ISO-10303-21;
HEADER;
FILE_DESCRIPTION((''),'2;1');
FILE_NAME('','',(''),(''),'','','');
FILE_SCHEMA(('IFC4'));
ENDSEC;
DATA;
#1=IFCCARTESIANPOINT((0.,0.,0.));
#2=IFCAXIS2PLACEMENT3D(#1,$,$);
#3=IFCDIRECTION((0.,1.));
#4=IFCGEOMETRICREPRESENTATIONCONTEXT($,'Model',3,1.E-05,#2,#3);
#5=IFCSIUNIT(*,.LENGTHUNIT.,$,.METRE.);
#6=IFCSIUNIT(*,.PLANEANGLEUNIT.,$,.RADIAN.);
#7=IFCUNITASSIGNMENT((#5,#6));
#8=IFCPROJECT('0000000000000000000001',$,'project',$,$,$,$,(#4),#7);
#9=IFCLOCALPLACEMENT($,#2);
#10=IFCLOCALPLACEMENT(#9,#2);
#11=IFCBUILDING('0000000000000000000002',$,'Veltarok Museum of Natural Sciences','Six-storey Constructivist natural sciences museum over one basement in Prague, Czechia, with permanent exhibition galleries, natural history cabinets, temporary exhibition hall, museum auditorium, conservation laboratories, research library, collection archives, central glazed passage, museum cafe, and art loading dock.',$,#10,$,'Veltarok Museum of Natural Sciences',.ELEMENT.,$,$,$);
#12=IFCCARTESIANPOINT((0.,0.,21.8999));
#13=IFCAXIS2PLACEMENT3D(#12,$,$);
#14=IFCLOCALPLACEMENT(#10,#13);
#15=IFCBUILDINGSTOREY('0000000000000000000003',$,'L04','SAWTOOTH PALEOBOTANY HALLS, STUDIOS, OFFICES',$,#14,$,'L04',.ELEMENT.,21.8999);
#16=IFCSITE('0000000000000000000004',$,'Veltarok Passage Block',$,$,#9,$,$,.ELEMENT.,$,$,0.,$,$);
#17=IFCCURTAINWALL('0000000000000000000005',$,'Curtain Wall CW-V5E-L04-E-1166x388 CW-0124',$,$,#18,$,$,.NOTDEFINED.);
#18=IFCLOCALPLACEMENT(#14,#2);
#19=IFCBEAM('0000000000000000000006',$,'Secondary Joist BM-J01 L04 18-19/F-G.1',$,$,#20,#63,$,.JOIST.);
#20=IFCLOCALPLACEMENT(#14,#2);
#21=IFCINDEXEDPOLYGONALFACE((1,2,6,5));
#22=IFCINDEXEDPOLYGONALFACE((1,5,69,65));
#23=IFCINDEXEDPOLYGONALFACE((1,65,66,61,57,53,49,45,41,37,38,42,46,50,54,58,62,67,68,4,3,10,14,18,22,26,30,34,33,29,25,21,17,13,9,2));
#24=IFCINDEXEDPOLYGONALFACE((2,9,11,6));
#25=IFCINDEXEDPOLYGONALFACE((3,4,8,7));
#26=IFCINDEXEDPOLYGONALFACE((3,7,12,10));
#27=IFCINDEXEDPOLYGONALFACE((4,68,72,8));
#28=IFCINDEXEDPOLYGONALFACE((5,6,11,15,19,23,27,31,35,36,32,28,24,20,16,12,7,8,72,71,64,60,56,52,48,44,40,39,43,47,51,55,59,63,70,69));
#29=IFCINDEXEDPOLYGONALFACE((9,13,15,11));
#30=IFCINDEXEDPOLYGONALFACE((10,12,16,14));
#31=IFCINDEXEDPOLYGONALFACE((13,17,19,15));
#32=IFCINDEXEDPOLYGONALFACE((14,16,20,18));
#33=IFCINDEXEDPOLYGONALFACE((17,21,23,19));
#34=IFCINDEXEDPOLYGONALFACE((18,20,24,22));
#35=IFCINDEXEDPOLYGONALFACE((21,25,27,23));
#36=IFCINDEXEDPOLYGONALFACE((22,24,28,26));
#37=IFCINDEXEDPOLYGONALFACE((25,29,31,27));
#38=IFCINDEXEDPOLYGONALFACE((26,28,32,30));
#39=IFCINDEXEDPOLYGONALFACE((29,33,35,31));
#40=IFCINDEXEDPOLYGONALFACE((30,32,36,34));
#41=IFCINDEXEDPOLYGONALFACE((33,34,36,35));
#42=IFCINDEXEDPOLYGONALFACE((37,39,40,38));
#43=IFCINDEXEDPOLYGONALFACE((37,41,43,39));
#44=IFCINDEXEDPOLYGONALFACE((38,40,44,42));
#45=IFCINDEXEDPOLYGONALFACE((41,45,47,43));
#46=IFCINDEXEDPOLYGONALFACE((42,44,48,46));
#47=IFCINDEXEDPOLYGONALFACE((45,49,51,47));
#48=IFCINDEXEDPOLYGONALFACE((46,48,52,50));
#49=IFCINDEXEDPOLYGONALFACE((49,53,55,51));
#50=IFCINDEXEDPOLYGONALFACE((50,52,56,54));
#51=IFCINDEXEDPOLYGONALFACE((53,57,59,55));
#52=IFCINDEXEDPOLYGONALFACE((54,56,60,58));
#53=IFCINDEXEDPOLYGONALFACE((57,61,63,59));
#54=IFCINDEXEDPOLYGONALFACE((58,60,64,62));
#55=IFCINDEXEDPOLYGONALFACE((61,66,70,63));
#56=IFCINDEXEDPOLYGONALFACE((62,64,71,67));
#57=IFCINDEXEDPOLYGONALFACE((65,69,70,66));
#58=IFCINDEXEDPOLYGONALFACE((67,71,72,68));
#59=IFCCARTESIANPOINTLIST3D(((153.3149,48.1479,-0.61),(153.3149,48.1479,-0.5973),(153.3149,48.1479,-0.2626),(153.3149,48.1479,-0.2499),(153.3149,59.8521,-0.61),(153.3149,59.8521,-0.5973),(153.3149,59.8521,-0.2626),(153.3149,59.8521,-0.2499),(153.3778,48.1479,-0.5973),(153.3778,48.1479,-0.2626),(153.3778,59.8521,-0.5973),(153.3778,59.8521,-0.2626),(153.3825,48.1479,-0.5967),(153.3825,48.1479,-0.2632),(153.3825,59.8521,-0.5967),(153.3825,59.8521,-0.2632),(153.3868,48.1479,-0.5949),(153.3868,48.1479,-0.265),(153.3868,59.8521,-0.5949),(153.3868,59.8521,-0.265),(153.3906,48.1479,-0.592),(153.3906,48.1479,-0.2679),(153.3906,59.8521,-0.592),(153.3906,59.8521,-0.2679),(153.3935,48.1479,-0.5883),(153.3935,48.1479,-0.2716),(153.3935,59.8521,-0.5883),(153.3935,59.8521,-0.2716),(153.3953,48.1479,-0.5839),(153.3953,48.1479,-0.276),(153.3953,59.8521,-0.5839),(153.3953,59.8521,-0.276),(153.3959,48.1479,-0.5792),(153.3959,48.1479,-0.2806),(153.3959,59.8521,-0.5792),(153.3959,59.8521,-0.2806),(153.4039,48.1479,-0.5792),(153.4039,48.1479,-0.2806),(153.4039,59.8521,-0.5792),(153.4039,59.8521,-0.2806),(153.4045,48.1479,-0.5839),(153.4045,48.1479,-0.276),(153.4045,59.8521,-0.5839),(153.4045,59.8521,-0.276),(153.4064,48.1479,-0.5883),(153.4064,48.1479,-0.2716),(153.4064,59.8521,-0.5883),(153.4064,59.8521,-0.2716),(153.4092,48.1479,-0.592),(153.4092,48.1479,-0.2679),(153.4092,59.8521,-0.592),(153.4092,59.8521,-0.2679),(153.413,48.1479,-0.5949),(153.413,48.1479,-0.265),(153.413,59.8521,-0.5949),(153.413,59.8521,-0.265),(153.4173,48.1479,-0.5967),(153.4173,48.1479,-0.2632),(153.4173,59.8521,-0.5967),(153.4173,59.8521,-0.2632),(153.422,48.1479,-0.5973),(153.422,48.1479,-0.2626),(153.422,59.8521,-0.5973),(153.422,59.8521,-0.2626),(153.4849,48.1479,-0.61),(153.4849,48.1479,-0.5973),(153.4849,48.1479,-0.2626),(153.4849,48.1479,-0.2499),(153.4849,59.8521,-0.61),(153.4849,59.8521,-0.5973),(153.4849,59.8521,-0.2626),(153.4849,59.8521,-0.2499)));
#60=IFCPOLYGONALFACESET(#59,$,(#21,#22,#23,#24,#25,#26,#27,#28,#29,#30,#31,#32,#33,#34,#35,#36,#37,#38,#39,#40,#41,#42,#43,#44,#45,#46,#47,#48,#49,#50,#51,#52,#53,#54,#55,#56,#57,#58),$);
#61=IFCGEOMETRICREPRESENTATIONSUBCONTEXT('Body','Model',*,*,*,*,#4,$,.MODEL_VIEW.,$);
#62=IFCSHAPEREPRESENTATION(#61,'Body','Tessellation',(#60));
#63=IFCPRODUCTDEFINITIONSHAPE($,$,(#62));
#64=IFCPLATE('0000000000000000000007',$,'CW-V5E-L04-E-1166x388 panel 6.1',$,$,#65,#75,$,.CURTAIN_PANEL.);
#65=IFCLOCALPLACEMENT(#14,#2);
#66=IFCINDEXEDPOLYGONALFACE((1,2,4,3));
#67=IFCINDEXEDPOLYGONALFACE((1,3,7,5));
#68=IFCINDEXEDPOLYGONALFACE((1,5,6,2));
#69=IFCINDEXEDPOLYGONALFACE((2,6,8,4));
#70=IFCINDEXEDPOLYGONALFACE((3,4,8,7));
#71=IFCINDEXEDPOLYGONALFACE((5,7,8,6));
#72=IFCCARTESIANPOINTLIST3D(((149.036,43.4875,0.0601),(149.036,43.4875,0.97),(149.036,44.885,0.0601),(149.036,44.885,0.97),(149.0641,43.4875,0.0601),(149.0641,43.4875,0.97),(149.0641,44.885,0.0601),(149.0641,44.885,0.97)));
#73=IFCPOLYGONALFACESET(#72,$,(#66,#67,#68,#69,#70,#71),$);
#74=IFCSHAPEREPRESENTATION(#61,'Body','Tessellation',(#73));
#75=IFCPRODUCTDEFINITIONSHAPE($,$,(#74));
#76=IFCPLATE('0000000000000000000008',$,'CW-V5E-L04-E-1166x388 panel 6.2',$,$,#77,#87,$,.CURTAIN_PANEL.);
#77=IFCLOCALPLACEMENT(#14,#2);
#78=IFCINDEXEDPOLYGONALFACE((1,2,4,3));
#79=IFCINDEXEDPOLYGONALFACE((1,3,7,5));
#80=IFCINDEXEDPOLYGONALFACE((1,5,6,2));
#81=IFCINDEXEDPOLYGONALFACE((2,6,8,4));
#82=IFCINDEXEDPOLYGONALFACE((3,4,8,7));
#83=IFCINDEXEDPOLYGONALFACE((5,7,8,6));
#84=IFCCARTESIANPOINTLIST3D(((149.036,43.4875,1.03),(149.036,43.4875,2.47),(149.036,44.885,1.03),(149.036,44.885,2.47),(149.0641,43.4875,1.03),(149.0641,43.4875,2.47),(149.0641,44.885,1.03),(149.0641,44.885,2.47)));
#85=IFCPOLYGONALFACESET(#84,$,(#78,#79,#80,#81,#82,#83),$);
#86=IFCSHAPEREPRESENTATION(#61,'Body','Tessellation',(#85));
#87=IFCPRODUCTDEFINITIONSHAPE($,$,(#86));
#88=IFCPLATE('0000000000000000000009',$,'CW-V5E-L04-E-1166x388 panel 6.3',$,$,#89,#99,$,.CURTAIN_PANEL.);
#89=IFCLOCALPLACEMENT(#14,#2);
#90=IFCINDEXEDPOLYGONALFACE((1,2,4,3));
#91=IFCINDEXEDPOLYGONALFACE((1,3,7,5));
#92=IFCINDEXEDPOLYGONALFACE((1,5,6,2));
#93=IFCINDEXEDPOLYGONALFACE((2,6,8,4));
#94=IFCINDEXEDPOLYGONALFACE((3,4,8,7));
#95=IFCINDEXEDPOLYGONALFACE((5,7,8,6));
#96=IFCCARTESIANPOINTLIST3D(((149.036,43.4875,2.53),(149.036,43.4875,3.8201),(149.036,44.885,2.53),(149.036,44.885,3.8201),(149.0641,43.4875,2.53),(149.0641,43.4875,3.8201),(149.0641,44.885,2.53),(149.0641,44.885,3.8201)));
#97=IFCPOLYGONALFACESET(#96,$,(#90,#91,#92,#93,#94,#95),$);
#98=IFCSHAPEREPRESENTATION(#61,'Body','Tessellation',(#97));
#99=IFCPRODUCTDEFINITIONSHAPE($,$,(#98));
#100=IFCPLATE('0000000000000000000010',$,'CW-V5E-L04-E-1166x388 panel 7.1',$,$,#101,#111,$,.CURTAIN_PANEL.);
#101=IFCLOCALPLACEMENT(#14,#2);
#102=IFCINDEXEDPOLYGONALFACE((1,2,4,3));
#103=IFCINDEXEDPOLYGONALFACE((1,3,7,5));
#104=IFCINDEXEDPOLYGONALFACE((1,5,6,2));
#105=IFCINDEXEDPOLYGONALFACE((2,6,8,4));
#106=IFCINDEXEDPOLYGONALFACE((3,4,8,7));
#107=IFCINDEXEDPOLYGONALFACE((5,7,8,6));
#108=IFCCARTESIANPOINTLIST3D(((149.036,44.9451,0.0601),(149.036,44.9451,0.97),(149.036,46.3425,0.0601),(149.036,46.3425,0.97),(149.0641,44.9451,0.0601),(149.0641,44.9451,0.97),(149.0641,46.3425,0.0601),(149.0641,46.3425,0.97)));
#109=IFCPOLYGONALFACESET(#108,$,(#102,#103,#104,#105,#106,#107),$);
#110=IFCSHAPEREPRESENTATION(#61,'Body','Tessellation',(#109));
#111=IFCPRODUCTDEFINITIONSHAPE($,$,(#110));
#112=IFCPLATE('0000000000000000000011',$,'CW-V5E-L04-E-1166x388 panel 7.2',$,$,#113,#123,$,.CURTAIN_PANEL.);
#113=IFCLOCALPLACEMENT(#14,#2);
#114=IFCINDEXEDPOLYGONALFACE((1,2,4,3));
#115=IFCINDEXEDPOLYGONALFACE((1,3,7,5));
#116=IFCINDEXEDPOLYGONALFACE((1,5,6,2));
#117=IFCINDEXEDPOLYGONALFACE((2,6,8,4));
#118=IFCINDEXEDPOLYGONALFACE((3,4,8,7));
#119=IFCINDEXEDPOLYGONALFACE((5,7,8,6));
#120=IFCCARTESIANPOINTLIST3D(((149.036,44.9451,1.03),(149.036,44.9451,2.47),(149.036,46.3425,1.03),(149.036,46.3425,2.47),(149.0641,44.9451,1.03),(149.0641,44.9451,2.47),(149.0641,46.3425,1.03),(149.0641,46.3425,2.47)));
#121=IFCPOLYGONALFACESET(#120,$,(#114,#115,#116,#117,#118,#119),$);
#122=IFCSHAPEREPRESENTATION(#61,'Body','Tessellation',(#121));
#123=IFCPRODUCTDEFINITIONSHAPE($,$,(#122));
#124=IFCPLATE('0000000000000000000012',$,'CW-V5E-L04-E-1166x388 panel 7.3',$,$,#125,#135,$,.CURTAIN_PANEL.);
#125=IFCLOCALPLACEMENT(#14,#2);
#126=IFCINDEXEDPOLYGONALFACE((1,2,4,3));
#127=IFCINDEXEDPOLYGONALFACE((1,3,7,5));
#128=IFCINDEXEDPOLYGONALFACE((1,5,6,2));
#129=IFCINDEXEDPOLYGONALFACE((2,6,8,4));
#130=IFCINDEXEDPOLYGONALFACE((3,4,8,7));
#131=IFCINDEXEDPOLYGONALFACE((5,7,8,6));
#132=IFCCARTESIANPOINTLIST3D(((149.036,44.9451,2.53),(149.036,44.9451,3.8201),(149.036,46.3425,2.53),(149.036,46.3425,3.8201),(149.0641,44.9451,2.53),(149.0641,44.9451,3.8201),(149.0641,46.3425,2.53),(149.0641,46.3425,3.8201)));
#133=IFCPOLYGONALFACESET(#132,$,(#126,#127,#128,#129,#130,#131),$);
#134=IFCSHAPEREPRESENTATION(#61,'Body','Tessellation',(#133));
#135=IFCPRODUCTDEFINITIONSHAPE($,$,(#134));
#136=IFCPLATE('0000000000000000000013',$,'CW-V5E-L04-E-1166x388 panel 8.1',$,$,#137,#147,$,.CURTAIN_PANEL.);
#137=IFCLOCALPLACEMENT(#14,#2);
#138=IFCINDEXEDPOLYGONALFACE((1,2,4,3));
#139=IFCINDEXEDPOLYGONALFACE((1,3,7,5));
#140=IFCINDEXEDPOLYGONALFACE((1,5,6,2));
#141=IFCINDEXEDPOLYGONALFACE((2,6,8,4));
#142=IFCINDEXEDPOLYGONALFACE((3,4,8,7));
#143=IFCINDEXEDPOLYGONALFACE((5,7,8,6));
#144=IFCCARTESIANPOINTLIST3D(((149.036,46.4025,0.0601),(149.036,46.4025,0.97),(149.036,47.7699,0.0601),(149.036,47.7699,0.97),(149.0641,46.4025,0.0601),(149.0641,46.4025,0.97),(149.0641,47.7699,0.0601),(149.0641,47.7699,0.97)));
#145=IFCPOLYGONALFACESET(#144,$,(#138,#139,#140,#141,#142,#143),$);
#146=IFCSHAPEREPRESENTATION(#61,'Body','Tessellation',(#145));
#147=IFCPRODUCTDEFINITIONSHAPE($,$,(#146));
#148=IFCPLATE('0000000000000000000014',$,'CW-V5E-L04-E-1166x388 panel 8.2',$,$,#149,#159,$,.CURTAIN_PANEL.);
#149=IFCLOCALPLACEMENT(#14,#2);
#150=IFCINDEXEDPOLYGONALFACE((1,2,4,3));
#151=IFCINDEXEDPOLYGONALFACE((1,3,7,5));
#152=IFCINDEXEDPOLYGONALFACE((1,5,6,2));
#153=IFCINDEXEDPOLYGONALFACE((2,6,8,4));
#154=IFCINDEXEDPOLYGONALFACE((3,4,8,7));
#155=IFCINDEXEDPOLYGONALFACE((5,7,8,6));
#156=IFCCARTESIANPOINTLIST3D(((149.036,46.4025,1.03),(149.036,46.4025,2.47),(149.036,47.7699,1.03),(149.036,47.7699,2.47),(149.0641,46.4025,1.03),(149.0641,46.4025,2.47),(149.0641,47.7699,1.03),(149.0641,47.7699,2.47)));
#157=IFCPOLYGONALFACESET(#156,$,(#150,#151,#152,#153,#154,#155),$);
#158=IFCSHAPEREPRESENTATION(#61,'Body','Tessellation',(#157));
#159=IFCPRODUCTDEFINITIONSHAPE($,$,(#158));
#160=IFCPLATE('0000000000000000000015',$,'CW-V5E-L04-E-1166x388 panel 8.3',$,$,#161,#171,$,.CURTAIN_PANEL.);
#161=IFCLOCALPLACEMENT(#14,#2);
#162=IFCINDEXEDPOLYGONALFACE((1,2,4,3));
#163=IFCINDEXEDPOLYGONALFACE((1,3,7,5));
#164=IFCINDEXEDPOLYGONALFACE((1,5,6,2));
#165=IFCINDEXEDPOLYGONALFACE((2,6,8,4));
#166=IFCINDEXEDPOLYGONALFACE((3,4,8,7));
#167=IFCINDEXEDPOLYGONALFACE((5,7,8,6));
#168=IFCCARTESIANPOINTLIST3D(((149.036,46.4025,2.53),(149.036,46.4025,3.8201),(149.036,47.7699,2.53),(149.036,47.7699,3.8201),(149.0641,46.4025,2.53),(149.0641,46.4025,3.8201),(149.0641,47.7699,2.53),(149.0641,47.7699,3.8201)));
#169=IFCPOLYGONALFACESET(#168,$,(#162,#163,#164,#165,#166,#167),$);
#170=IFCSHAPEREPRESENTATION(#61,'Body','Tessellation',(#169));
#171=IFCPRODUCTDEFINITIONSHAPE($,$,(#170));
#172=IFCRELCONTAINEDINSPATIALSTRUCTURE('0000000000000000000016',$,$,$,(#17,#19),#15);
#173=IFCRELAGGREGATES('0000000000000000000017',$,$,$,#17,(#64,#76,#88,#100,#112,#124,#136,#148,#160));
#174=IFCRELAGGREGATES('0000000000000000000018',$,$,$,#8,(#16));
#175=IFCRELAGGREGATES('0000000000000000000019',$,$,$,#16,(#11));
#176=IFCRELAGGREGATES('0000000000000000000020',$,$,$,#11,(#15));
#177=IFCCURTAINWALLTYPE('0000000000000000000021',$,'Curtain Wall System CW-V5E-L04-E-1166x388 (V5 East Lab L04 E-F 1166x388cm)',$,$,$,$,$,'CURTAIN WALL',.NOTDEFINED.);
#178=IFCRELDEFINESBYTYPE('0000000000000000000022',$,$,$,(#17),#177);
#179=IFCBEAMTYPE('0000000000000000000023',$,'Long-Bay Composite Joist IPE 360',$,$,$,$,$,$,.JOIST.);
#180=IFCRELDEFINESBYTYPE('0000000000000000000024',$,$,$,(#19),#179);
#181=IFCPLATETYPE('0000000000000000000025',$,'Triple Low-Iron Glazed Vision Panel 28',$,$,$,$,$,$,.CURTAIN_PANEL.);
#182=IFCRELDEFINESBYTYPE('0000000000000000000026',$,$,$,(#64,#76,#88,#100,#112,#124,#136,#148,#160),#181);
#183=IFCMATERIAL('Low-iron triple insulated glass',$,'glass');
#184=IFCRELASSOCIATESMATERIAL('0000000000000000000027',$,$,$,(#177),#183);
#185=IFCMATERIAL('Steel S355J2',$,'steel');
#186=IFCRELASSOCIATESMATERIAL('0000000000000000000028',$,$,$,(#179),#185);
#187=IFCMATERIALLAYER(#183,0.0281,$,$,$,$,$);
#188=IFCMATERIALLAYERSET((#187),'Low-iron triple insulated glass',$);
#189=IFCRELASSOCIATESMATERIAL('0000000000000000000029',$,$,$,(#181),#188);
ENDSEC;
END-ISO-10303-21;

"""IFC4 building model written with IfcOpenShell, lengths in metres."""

from ifc_helpers import new_model, si_unit, direction, frame, origin, origin_2d, place, context, subcontext, project, spatial, rectangle, i_section, extrude, material, layer, layer_set, material_profile, profile_set, type_object, element, aggregate, save


model = new_model("IFC4")

# Units and contexts
model_context = context("Model", 3, precision=1e-05, world=origin(), true_north=direction((0.0, 1.0)))
body_context = subcontext(model_context, "Body", "Model", "MODEL_VIEW")
ifc_project = project(units=[si_unit("LENGTHUNIT", "METRE"), si_unit("PLANEANGLEUNIT", "RADIAN")], contexts=[model_context])

# Site, building, storey
site_placement = place(None, origin())
site = spatial("IfcSite", under=ifc_project, at=site_placement, Name="Veltarok Passage Block", CompositionType="ELEMENT", RefElevation=0.0)
building_placement = place(site_placement, origin())
building = spatial("IfcBuilding", under=site, at=building_placement, Name="Veltarok Museum of Natural Sciences", Description="Six-storey Constructivist natural sciences museum over one basement in Prague, Czechia, with permanent exhibition galleries, natural history cabinets, temporary exhibition hall, museum auditorium, conservation laboratories, research library, collection archives, central glazed passage, museum cafe, and art loading dock.", LongName="Veltarok Museum of Natural Sciences", CompositionType="ELEMENT")
storey_placement = place(building_placement, frame((0.0, 0.0, 21.8999)))
storey = spatial("IfcBuildingStorey", under=building, at=storey_placement, Name="L04", Description="SAWTOOTH PALEOBOTANY HALLS, STUDIOS, OFFICES", LongName="L04", CompositionType="ELEMENT", Elevation=21.8999)

# Shared definitions
ifc_material_1 = material(Name="Steel S355J2", Category="steel")

# Curtain wall
ifc_material_2 = material(Name="Low-iron triple insulated glass", Category="glass")
curtain_wall_type = type_object("IfcCurtainWallType", Name="Curtain Wall System CW-V5E-L04-E-1166x388 (V5 East Lab L04 E-F 1166x388cm)", ElementType="CURTAIN WALL", PredefinedType="NOTDEFINED", material=ifc_material_2)
curtain_wall_placement = place(storey_placement, origin())
curtain_wall = element("IfcCurtainWall", 1, at=curtain_wall_placement, inside=storey, type_object=curtain_wall_type, Name="Curtain Wall CW-V5E-L04-E-1166x388 CW-0124", PredefinedType="NOTDEFINED")

# Beam
ifc_material_profile_1 = material_profile(ifc_material_1, i_section(OverallWidth=0.1699, OverallDepth=0.3601, WebThickness=0.0081, FlangeThickness=0.0127, FilletRadius=0.0181, at=origin_2d()), Name="IPE 360")
ifc_profile_set_1 = profile_set([ifc_material_profile_1], Name="Steel S355J2")
beam_type_1 = type_object("IfcBeamType", Name="Long-Bay Composite Joist IPE 360", PredefinedType="JOIST", material=ifc_profile_set_1)
beam_placement = place(storey_placement, frame((153.3999, 48.1479, -0.4299), z_axis=(0.0, 1.0, 0.0), x_axis=(-1.0, 0.0, 0.0)))
element("IfcBeam", 2, at=beam_placement, inside=storey, type_object=beam_type_1, Name="Secondary Joist BM-J01 L04 18-19/F-G.1", PredefinedType="JOIST", context=body_context, shape_type="SweptSolid", body=[
    extrude(i_section(OverallWidth=0.1699, OverallDepth=0.3601, WebThickness=0.0081, FlangeThickness=0.0127, FilletRadius=0.0181, at=origin_2d()), origin(), (0.0, 0.0, 1.0), 11.7041),
])

# Plates
ifc_layer = layer(ifc_material_2, 0.0281)
ifc_layer_set = layer_set([ifc_layer], Name="Low-iron triple insulated glass")
plate_type = type_object("IfcPlateType", Name="Triple Low-Iron Glazed Vision Panel 28", PredefinedType="CURTAIN_PANEL", material=ifc_layer_set)
plate_1_placement = place(storey_placement, frame((149.05, 44.1863, 0.0601), z_axis=(0.0, 0.0, 1.0), x_axis=(0.0, 1.0, 0.0)))
plate_1 = element("IfcPlate", 3, at=plate_1_placement, type_object=plate_type, Name="CW-V5E-L04-E-1166x388 panel 6.1", PredefinedType="CURTAIN_PANEL", context=body_context, shape_type="SweptSolid", body=[
    extrude(rectangle(XDim=1.3975, YDim=0.0281, at=origin_2d()), origin(), (0.0, 0.0, 1.0), 0.9099),
])
plate_2_placement = place(storey_placement, frame((149.05, 44.1863, 1.03), z_axis=(0.0, 0.0, 1.0), x_axis=(0.0, 1.0, 0.0)))
plate_2 = element("IfcPlate", 4, at=plate_2_placement, type_object=plate_type, Name="CW-V5E-L04-E-1166x388 panel 6.2", PredefinedType="CURTAIN_PANEL", context=body_context, shape_type="SweptSolid", body=[
    extrude(rectangle(XDim=1.3975, YDim=0.0281, at=origin_2d()), origin(), (0.0, 0.0, 1.0), 1.4399),
])
plate_3_placement = place(storey_placement, frame((149.05, 44.1863, 2.53), z_axis=(0.0, 0.0, 1.0), x_axis=(0.0, 1.0, 0.0)))
plate_3 = element("IfcPlate", 5, at=plate_3_placement, type_object=plate_type, Name="CW-V5E-L04-E-1166x388 panel 6.3", PredefinedType="CURTAIN_PANEL", context=body_context, shape_type="SweptSolid", body=[
    extrude(rectangle(XDim=1.3975, YDim=0.0281, at=origin_2d()), origin(), (0.0, 0.0, 1.0), 1.29),
])
plate_4_placement = place(storey_placement, frame((149.05, 45.6438, 0.0601), z_axis=(0.0, 0.0, 1.0), x_axis=(0.0, 1.0, 0.0)))
plate_4 = element("IfcPlate", 6, at=plate_4_placement, type_object=plate_type, Name="CW-V5E-L04-E-1166x388 panel 7.1", PredefinedType="CURTAIN_PANEL", context=body_context, shape_type="SweptSolid", body=[
    extrude(rectangle(XDim=1.3975, YDim=0.0281, at=origin_2d()), origin(), (0.0, 0.0, 1.0), 0.9099),
])
plate_5_placement = place(storey_placement, frame((149.05, 45.6438, 1.03), z_axis=(0.0, 0.0, 1.0), x_axis=(0.0, 1.0, 0.0)))
plate_5 = element("IfcPlate", 7, at=plate_5_placement, type_object=plate_type, Name="CW-V5E-L04-E-1166x388 panel 7.2", PredefinedType="CURTAIN_PANEL", context=body_context, shape_type="SweptSolid", body=[
    extrude(rectangle(XDim=1.3975, YDim=0.0281, at=origin_2d()), origin(), (0.0, 0.0, 1.0), 1.4399),
])
plate_6_placement = place(storey_placement, frame((149.05, 45.6438, 2.53), z_axis=(0.0, 0.0, 1.0), x_axis=(0.0, 1.0, 0.0)))
plate_6 = element("IfcPlate", 8, at=plate_6_placement, type_object=plate_type, Name="CW-V5E-L04-E-1166x388 panel 7.3", PredefinedType="CURTAIN_PANEL", context=body_context, shape_type="SweptSolid", body=[
    extrude(rectangle(XDim=1.3975, YDim=0.0281, at=origin_2d()), origin(), (0.0, 0.0, 1.0), 1.29),
])
plate_7_placement = place(storey_placement, frame((149.05, 47.0862, 0.0601), z_axis=(0.0, 0.0, 1.0), x_axis=(0.0, 1.0, 0.0)))
plate_7 = element("IfcPlate", 9, at=plate_7_placement, type_object=plate_type, Name="CW-V5E-L04-E-1166x388 panel 8.1", PredefinedType="CURTAIN_PANEL", context=body_context, shape_type="SweptSolid", body=[
    extrude(rectangle(XDim=1.3674, YDim=0.0281, at=origin_2d()), origin(), (0.0, 0.0, 1.0), 0.9099),
])
plate_8_placement = place(storey_placement, frame((149.05, 47.0862, 1.03), z_axis=(0.0, 0.0, 1.0), x_axis=(0.0, 1.0, 0.0)))
plate_8 = element("IfcPlate", 10, at=plate_8_placement, type_object=plate_type, Name="CW-V5E-L04-E-1166x388 panel 8.2", PredefinedType="CURTAIN_PANEL", context=body_context, shape_type="SweptSolid", body=[
    extrude(rectangle(XDim=1.3674, YDim=0.0281, at=origin_2d()), origin(), (0.0, 0.0, 1.0), 1.4399),
])
plate_9_placement = place(storey_placement, frame((149.05, 47.0862, 2.53), z_axis=(0.0, 0.0, 1.0), x_axis=(0.0, 1.0, 0.0)))
plate_9 = element("IfcPlate", 11, at=plate_9_placement, type_object=plate_type, Name="CW-V5E-L04-E-1166x388 panel 8.3", PredefinedType="CURTAIN_PANEL", context=body_context, shape_type="SweptSolid", body=[
    extrude(rectangle(XDim=1.3674, YDim=0.0281, at=origin_2d()), origin(), (0.0, 0.0, 1.0), 1.29),
])
aggregate(curtain_wall, [plate_1, plate_2, plate_3, plate_4, plate_5, plate_6, plate_7, plate_8, plate_9])

save(model, "model.ifc")
